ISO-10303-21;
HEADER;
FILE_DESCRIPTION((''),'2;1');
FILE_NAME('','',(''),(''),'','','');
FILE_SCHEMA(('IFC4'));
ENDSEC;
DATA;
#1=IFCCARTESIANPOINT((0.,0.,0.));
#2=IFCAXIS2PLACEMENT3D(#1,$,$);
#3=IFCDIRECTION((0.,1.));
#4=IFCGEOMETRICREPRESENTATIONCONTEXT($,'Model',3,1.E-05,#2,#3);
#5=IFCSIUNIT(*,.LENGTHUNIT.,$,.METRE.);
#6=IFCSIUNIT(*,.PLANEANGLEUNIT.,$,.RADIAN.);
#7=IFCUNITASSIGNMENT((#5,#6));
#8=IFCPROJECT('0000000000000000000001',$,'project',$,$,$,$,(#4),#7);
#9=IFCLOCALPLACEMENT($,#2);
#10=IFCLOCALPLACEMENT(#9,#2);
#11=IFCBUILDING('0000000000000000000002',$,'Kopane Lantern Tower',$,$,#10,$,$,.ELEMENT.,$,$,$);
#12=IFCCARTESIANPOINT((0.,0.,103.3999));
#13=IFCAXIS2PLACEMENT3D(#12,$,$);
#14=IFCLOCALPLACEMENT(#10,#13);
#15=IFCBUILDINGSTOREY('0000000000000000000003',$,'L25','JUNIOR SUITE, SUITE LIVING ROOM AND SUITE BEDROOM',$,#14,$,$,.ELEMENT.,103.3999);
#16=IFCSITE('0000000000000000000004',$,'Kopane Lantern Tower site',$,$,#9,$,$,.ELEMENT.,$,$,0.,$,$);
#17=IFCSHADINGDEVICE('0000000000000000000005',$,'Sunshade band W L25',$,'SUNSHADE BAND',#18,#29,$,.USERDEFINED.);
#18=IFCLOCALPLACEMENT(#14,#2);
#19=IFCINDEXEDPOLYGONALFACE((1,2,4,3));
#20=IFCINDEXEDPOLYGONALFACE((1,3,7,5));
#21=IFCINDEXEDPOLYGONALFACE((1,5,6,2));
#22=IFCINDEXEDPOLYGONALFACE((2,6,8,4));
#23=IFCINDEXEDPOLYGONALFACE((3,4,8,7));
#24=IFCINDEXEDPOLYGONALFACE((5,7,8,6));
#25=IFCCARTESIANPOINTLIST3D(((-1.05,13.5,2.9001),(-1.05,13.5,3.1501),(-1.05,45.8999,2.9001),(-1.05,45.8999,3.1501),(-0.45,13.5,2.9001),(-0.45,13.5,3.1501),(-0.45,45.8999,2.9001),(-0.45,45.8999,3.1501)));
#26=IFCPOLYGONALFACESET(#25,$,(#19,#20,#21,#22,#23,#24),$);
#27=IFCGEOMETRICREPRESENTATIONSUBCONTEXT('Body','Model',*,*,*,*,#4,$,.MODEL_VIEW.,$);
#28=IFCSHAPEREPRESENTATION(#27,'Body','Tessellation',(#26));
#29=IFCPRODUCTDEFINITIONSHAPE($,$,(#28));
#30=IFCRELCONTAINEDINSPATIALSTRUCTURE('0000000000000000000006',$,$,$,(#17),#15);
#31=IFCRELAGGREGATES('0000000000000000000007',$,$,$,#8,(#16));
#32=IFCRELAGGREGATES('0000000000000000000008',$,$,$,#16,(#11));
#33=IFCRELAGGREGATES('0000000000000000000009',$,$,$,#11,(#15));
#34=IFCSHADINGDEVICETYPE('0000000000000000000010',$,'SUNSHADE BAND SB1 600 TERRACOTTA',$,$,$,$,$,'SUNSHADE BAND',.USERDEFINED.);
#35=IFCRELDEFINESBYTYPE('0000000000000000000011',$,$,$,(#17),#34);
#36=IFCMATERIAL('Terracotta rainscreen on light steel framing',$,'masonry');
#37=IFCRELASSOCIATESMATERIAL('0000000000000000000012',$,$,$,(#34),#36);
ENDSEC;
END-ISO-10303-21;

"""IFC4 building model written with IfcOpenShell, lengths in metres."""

from ifc_helpers import new_model, si_unit, direction, frame, origin, origin_2d, place, context, subcontext, project, spatial, rectangle, extrude, material, type_object, element, save


model = new_model("IFC4")

# Units and contexts
model_context = context("Model", 3, precision=1e-05, world=origin(), true_north=direction((0.0, 1.0)))
body_context = subcontext(model_context, "Body", "Model", "MODEL_VIEW")
ifc_project = project(units=[si_unit("LENGTHUNIT", "METRE"), si_unit("PLANEANGLEUNIT", "RADIAN")], contexts=[model_context])

# Site, building, storey
site_placement = place(None, origin())
site = spatial("IfcSite", under=ifc_project, at=site_placement, Name="Kopane Lantern Tower site", CompositionType="ELEMENT", RefElevation=0.0)
building_placement = place(site_placement, origin())
building = spatial("IfcBuilding", under=site, at=building_placement, Name="Kopane Lantern Tower", CompositionType="ELEMENT")
storey_placement = place(building_placement, frame((0.0, 0.0, 103.3999)))
storey = spatial("IfcBuildingStorey", under=building, at=storey_placement, Name="L25", Description="JUNIOR SUITE, SUITE LIVING ROOM AND SUITE BEDROOM", CompositionType="ELEMENT", Elevation=103.3999)

# Shading device
ifc_material_1 = material(Name="Terracotta rainscreen on light steel framing", Category="masonry")
shading_device_type = type_object("IfcShadingDeviceType", Name="SUNSHADE BAND SB1 600 TERRACOTTA", ElementType="SUNSHADE BAND", PredefinedType="USERDEFINED", material=ifc_material_1)
shading_device_placement = place(storey_placement, frame((-0.75, 29.7, 2.9001), z_axis=(0.0, 0.0, 1.0), x_axis=(0.0, -1.0, 0.0)))
element("IfcShadingDevice", 1, at=shading_device_placement, inside=storey, type_object=shading_device_type, Name="Sunshade band W L25", ObjectType="SUNSHADE BAND", PredefinedType="USERDEFINED", context=body_context, shape_type="SweptSolid", body=[
    extrude(rectangle(XDim=32.3999, YDim=0.6001, at=origin_2d()), origin(), (0.0, 0.0, 1.0), 0.25),
])

save(model, "model.ifc")
